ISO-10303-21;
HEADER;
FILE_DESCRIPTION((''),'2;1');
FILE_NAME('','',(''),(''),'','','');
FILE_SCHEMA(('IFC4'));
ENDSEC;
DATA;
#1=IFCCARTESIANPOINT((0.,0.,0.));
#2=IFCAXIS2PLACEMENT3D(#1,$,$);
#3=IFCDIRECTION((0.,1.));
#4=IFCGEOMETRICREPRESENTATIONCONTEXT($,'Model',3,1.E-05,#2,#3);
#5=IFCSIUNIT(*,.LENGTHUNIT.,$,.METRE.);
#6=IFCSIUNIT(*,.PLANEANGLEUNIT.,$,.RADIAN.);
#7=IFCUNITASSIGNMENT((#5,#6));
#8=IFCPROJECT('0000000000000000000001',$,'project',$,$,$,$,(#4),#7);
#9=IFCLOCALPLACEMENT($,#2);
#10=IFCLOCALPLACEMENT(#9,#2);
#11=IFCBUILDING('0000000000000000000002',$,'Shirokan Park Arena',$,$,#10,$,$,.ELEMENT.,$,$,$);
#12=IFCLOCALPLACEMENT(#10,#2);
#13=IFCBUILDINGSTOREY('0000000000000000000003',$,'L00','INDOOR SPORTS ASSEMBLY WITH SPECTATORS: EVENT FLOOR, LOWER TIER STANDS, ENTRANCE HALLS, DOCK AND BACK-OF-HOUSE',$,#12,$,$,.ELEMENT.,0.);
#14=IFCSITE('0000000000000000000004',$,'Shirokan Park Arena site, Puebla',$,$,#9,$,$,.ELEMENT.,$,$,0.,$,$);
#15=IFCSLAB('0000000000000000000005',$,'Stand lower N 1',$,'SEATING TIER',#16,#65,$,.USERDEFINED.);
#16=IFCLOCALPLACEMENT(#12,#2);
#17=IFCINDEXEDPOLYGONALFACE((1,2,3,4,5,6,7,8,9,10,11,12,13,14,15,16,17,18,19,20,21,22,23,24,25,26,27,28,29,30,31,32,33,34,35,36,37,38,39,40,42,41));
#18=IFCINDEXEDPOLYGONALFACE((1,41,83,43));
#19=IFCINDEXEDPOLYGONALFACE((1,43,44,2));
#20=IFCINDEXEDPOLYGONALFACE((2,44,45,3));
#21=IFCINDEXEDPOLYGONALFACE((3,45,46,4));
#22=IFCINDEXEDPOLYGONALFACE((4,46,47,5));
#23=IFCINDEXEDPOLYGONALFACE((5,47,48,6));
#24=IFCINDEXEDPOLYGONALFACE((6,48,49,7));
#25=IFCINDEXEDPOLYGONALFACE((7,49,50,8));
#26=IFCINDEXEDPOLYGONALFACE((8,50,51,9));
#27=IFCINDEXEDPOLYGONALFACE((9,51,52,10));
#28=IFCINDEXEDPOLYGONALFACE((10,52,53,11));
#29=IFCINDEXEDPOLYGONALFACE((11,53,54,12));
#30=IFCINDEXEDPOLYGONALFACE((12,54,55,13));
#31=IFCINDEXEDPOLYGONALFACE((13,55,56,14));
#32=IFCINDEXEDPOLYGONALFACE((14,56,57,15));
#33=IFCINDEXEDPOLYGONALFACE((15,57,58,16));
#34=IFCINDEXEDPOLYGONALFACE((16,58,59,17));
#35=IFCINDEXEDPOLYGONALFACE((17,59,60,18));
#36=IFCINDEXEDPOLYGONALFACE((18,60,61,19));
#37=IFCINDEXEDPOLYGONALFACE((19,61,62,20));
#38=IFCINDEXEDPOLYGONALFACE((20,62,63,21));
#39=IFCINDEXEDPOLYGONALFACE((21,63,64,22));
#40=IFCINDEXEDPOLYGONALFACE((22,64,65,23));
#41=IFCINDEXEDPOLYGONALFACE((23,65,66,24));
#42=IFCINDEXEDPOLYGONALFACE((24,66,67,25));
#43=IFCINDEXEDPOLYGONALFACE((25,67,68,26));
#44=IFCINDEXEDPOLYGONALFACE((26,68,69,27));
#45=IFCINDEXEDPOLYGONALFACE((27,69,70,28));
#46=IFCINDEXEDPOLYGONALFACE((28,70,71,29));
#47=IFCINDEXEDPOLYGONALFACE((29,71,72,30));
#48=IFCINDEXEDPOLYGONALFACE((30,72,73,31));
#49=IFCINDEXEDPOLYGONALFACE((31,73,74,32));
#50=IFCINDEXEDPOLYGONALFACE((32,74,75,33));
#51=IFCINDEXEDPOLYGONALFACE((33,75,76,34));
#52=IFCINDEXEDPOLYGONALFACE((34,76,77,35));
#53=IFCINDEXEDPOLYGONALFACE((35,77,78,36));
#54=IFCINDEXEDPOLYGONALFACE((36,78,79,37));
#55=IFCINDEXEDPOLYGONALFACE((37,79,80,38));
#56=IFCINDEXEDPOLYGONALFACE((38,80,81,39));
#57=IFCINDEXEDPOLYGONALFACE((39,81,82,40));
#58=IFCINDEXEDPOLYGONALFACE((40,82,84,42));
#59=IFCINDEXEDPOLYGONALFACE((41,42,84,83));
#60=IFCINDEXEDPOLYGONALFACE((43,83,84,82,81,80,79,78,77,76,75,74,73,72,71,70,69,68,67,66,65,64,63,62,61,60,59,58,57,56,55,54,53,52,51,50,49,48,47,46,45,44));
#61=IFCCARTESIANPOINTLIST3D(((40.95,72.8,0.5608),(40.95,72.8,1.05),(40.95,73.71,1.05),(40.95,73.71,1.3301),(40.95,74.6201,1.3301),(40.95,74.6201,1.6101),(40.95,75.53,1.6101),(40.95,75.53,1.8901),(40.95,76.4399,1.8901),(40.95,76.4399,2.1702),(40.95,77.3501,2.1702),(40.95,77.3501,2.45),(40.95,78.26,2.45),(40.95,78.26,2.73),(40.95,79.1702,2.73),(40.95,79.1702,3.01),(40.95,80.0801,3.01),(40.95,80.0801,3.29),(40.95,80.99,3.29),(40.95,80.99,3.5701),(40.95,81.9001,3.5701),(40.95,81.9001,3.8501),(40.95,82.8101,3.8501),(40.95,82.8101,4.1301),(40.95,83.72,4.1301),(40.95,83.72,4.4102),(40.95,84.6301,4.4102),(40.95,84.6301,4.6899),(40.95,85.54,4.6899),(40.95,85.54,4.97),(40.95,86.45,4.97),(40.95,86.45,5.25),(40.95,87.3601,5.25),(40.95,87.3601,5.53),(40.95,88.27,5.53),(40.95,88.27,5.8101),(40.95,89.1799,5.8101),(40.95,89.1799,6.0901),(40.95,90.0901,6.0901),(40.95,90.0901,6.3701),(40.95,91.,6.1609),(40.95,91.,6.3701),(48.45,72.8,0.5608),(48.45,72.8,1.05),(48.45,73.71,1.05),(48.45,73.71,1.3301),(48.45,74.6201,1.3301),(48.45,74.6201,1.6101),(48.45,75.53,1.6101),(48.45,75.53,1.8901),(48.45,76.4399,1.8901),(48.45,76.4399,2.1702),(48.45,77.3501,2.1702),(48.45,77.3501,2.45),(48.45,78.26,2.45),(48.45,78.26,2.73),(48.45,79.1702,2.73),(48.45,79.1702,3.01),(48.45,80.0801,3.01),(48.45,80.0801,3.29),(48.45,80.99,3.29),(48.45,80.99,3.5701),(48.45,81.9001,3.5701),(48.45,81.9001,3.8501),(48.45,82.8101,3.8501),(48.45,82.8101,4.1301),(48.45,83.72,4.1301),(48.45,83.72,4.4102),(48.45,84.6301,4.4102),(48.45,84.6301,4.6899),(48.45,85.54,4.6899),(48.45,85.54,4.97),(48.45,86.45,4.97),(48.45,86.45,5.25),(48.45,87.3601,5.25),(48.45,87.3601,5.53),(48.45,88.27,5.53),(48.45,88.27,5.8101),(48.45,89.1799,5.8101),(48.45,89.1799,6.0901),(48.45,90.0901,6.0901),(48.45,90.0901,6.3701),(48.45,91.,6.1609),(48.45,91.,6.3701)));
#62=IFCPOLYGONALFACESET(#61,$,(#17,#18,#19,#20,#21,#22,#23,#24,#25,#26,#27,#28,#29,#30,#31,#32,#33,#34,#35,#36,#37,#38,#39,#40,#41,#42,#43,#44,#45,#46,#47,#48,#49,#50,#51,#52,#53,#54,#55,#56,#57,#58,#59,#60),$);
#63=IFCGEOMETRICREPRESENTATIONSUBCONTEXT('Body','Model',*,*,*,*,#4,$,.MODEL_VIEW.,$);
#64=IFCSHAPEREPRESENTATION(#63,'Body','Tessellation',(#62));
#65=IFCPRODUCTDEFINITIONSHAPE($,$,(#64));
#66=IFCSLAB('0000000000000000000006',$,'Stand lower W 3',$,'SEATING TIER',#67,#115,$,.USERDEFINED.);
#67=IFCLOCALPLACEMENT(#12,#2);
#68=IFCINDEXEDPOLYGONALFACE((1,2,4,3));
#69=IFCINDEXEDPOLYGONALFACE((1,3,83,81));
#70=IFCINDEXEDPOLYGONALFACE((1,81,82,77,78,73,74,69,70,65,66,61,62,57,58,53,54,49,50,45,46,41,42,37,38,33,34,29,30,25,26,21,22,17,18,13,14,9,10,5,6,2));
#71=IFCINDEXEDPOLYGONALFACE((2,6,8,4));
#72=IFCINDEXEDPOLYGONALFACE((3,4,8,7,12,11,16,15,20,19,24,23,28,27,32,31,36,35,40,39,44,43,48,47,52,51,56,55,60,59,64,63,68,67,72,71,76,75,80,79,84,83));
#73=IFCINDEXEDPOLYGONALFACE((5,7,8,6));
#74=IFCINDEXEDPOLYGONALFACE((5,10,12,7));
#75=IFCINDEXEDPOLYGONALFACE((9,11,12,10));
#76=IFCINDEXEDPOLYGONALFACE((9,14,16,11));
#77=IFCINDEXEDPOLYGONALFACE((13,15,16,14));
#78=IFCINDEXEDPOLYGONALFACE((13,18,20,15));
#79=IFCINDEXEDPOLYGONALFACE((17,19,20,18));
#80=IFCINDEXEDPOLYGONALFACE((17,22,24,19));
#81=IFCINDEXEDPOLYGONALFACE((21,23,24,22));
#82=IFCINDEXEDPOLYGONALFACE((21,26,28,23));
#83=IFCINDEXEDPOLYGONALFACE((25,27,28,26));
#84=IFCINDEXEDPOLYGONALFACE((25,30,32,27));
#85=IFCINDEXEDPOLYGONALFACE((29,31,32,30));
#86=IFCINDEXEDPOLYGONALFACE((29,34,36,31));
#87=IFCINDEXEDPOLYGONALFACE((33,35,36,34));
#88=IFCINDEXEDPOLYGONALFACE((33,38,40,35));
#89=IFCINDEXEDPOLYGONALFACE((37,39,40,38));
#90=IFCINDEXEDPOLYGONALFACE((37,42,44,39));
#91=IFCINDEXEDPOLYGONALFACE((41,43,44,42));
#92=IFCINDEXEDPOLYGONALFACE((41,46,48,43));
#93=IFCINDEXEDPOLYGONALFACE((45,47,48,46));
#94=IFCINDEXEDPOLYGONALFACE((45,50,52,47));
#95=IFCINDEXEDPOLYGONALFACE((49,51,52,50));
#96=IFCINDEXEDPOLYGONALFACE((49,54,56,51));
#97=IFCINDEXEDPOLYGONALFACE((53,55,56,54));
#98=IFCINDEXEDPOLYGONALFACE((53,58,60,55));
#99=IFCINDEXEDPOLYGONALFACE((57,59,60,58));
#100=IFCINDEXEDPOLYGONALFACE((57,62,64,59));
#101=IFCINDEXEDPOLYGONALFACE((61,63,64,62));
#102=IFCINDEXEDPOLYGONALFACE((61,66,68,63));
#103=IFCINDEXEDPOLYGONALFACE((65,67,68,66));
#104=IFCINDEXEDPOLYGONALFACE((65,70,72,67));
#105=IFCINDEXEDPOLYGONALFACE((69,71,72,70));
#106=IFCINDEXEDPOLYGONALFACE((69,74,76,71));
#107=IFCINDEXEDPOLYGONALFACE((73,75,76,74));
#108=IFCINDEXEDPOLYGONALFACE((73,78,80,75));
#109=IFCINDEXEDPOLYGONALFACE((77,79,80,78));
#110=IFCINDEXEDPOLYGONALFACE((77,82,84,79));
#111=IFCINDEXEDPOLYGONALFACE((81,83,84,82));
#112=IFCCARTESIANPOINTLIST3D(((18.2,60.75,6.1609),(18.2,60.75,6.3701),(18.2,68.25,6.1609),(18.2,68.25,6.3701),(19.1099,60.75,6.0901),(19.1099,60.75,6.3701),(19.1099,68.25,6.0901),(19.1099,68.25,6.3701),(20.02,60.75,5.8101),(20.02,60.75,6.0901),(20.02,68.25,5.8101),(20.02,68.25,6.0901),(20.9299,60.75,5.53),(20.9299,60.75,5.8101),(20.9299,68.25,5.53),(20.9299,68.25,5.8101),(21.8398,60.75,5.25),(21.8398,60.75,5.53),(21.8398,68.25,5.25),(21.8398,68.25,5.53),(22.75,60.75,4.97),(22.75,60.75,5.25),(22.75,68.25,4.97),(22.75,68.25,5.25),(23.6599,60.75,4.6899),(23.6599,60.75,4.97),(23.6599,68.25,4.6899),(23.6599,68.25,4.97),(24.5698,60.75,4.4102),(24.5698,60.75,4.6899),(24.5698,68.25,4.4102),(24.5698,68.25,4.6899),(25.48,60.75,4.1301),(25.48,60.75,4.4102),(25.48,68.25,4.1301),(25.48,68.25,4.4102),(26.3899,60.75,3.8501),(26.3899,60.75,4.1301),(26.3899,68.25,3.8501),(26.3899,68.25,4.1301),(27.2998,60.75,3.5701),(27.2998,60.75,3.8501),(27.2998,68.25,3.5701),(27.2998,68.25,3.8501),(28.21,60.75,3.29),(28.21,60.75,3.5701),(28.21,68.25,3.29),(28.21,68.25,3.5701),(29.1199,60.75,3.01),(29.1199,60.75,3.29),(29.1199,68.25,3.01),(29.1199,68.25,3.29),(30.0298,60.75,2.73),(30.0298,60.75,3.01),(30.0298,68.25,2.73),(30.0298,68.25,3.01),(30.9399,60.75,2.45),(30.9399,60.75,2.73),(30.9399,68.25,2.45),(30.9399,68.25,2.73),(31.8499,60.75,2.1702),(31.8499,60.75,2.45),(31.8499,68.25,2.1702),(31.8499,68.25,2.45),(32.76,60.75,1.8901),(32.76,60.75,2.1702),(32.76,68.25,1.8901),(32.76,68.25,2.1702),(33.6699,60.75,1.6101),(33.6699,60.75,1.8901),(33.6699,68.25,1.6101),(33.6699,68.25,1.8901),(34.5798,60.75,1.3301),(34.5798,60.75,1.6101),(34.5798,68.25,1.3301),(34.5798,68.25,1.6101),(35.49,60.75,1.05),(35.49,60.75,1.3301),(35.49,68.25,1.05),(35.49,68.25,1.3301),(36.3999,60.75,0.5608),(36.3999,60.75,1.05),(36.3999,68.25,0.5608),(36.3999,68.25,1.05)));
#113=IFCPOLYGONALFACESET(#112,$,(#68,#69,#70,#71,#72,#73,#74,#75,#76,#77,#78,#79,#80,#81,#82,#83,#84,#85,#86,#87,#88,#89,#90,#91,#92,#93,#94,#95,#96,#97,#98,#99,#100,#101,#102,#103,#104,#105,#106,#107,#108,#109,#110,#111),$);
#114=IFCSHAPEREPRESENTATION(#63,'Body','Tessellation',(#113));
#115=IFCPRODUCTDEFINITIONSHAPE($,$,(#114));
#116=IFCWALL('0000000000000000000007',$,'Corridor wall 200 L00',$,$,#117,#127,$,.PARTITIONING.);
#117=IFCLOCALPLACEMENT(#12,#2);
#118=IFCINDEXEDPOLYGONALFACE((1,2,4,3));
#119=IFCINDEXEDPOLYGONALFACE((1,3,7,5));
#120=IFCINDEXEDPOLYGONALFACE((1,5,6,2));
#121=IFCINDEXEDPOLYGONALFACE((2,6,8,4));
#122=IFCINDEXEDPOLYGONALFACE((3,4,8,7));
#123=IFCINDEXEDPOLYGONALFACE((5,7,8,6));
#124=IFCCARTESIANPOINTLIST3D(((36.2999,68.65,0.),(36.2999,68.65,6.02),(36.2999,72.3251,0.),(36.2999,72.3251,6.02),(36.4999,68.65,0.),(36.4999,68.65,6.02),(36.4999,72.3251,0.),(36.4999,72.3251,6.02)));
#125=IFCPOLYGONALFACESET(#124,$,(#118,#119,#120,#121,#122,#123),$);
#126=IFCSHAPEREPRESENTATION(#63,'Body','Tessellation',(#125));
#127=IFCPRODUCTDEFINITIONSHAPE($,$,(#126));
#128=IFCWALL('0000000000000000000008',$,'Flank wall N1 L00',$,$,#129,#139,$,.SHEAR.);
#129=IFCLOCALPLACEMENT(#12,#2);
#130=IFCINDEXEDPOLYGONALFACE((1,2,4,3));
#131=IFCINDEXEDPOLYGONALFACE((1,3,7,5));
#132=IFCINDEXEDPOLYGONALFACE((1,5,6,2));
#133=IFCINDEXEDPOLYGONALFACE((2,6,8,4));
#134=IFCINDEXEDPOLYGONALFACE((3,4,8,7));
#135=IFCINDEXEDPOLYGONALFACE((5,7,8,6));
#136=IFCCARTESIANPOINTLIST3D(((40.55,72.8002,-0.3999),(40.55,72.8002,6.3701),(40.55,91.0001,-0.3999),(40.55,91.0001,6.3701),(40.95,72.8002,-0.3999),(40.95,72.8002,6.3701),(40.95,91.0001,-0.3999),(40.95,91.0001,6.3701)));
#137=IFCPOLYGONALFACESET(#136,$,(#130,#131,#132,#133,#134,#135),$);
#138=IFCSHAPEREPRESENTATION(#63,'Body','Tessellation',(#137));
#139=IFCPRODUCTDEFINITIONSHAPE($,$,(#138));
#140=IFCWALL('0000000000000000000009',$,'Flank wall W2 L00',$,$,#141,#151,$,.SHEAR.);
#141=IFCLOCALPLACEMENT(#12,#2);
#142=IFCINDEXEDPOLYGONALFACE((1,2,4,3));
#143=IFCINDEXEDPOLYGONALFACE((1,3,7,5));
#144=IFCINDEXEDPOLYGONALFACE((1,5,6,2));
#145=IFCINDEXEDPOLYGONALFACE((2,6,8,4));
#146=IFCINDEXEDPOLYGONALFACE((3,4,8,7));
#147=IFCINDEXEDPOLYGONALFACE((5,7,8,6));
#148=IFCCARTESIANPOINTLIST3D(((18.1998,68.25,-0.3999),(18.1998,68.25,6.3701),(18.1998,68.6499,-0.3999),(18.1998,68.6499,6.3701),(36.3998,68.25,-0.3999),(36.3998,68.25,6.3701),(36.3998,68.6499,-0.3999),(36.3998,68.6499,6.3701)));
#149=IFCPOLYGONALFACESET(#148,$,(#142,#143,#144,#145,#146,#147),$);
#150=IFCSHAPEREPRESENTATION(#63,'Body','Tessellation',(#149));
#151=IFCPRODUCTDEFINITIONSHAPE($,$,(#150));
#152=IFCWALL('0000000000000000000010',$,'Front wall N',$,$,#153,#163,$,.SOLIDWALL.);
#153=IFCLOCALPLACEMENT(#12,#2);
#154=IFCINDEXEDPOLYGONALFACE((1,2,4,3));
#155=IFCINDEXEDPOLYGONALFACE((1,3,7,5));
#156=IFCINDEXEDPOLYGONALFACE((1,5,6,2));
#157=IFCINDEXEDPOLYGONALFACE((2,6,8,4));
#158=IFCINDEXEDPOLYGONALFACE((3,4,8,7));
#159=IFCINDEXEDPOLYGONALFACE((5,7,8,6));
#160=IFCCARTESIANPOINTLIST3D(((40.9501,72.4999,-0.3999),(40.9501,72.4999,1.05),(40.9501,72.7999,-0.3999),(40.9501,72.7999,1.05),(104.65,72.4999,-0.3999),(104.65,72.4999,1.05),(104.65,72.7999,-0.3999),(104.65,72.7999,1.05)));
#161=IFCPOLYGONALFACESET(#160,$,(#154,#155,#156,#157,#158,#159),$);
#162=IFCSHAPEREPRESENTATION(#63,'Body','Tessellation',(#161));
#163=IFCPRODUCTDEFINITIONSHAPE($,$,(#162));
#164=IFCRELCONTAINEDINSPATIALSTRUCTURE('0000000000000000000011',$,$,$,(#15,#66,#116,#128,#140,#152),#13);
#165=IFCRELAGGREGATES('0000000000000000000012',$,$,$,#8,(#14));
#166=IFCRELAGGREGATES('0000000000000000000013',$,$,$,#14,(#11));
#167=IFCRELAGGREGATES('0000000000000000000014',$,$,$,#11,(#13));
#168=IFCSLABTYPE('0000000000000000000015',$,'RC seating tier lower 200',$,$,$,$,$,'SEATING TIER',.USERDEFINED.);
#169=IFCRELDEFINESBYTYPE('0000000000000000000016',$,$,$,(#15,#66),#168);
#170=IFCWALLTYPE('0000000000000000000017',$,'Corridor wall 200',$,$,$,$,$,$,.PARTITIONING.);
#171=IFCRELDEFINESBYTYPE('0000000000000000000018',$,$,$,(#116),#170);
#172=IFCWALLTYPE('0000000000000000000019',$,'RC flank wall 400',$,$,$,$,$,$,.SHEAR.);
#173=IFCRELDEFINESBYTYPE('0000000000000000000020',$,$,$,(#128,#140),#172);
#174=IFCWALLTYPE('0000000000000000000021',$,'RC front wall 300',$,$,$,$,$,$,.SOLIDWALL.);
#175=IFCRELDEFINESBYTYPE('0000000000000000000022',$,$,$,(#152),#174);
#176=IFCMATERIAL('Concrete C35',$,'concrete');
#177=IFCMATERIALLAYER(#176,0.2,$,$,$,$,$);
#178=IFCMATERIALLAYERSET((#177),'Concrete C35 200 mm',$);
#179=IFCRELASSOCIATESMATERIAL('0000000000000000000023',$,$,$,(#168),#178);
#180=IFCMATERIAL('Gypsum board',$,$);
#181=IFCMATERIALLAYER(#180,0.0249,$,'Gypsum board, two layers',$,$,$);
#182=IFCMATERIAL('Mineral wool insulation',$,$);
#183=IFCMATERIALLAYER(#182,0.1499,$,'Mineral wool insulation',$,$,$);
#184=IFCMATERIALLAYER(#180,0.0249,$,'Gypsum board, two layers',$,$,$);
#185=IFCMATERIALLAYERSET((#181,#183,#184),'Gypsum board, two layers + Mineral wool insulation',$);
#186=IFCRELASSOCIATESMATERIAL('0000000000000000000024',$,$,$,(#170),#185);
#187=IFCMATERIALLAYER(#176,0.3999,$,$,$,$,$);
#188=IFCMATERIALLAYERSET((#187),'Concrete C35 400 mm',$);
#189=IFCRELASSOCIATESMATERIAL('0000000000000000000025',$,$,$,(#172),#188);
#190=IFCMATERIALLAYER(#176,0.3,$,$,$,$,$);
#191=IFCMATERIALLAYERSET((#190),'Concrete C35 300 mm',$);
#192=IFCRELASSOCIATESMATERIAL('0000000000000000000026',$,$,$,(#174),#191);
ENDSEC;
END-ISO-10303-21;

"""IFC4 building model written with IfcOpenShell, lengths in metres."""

from ifc_helpers import new_model, si_unit, direction, frame, frame_2d, origin, place, context, subcontext, project, spatial, polyline, rectangle, outline, extrude, material, layer, layer_set, type_object, element, save


model = new_model("IFC4")

# Units and contexts
model_context = context("Model", 3, precision=1e-05, world=origin(), true_north=direction((0.0, 1.0)))
body_context = subcontext(model_context, "Body", "Model", "MODEL_VIEW")
ifc_project = project(units=[si_unit("LENGTHUNIT", "METRE"), si_unit("PLANEANGLEUNIT", "RADIAN")], contexts=[model_context])

# Site, building, storey
site_placement = place(None, origin())
site = spatial("IfcSite", under=ifc_project, at=site_placement, Name="Shirokan Park Arena site, Puebla", CompositionType="ELEMENT", RefElevation=0.0)
building_placement = place(site_placement, origin())
building = spatial("IfcBuilding", under=site, at=building_placement, Name="Shirokan Park Arena", CompositionType="ELEMENT")
storey_placement = place(building_placement, origin())
storey = spatial("IfcBuildingStorey", under=building, at=storey_placement, Name="L00", Description="INDOOR SPORTS ASSEMBLY WITH SPECTATORS: EVENT FLOOR, LOWER TIER STANDS, ENTRANCE HALLS, DOCK AND BACK-OF-HOUSE", CompositionType="ELEMENT", Elevation=0.0)

# Shared definitions
ifc_material_1 = material(Name="Concrete C35", Category="concrete")

# Slabs
ifc_layer_1 = layer(ifc_material_1, 0.2)
ifc_layer_set_1 = layer_set([ifc_layer_1], Name="Concrete C35 200 mm")
slab_type = type_object("IfcSlabType", Name="RC seating tier lower 200", ElementType="SEATING TIER", PredefinedType="USERDEFINED", material=ifc_layer_set_1)
for number, where, z_axis, x_axis, name in (
    (1, (44.7, 72.8, 1.05), (0.0, 0.0, 1.0), (0.0, 1.0, 0.0), "Stand lower N 1"),
    (2, (36.3999, 64.5, 1.05), (0.0, 0.0, 1.0), (-1.0, 0.0, 0.0), "Stand lower W 3"),
):
    element("IfcSlab", number, at=place(storey_placement, frame(where, z_axis=z_axis, x_axis=x_axis)), inside=storey, type_object=slab_type, Name=name, ObjectType="SEATING TIER", PredefinedType="USERDEFINED", context=body_context, shape_type="SweptSolid", body=[
        extrude(outline(polyline([(0.0, 0.0), (0.9099, 0.0), (0.9099, 0.28), (1.8201, 0.28), (1.8201, 0.5601), (2.73, 0.5601), (2.73, 0.8401), (3.6399, 0.8401), (3.6399, 1.1201), (4.55, 1.1201), (4.55, 1.3999), (5.46, 1.3999), (5.46, 1.6799), (6.3701, 1.6799), (6.3701, 1.96), (7.28, 1.96), (7.28, 2.24), (8.1899, 2.24), (8.1899, 2.52), (9.1001, 2.52), (9.1001, 2.8), (10.01, 2.8), (10.01, 3.0801), (10.9199, 3.0801), (10.9199, 3.3601), (11.8301, 3.3601), (11.8301, 3.6399), (12.74, 3.6399), (12.74, 3.9199), (13.6499, 3.9199), (13.6499, 4.2), (14.5601, 4.2), (14.5601, 4.48), (15.47, 4.48), (15.47, 4.76), (16.3799, 4.76), (16.3799, 5.04), (17.29, 5.04), (17.29, 5.3201), (18.2, 5.3201), (18.2, 5.1108), (0.0, -0.4893), (0.0, 0.0)])), frame((0.0, 3.75, 0.0), z_axis=(0.0, -1.0, 0.0), x_axis=(1.0, 0.0, 0.0)), (0.0, 0.0, 1.0), 7.5),
    ])

# Wall
ifc_material_2 = material(Name="Gypsum board")
ifc_layer_2 = layer(ifc_material_2, 0.0249, Name="Gypsum board, two layers")
ifc_material_3 = material(Name="Mineral wool insulation")
ifc_layer_3 = layer(ifc_material_3, 0.1499, Name="Mineral wool insulation")
ifc_layer_4 = layer(ifc_material_2, 0.0249, Name="Gypsum board, two layers")
ifc_layer_set_2 = layer_set([ifc_layer_2, ifc_layer_3, ifc_layer_4], Name="Gypsum board, two layers + Mineral wool insulation")
wall_type_1 = type_object("IfcWallType", Name="Corridor wall 200", PredefinedType="PARTITIONING", material=ifc_layer_set_2)
wall_1_placement = place(storey_placement, frame((36.3999, 72.325, 0.0), z_axis=(0.0, 0.0, 1.0), x_axis=(0.0, -1.0, 0.0)))
element("IfcWall", 3, at=wall_1_placement, inside=storey, type_object=wall_type_1, Name="Corridor wall 200 L00", PredefinedType="PARTITIONING", context=body_context, shape_type="SweptSolid", body=[
    extrude(rectangle(XDim=3.675, YDim=0.2, at=frame_2d((1.8374, 0.0))), origin(), (0.0, 0.0, 1.0), 6.02),
])

# Walls
ifc_layer_5 = layer(ifc_material_1, 0.3999)
ifc_layer_set_3 = layer_set([ifc_layer_5], Name="Concrete C35 400 mm")
wall_type_2 = type_object("IfcWallType", Name="RC flank wall 400", PredefinedType="SHEAR", material=ifc_layer_set_3)
for number, where, z_axis, x_axis, name in (
    (4, (40.75, 72.8, -0.3999), (0.0, 0.0, 1.0), (0.0, 1.0, 0.0), "Flank wall N1 L00"),
    (5, (36.3999, 68.45, -0.3999), (0.0, 0.0, 1.0), (-1.0, 0.0, 0.0), "Flank wall W2 L00"),
):
    element("IfcWall", number, at=place(storey_placement, frame(where, z_axis=z_axis, x_axis=x_axis)), inside=storey, type_object=wall_type_2, Name=name, PredefinedType="SHEAR", context=body_context, shape_type="SweptSolid", body=[
        extrude(rectangle(XDim=18.2, YDim=0.3999, at=frame_2d((9.1001, 0.0))), origin(), (0.0, 0.0, 1.0), 6.77),
    ])
ifc_layer_6 = layer(ifc_material_1, 0.3)
ifc_layer_set_4 = layer_set([ifc_layer_6], Name="Concrete C35 300 mm")
wall_type_3 = type_object("IfcWallType", Name="RC front wall 300", PredefinedType="SOLIDWALL", material=ifc_layer_set_4)
wall_2_placement = place(storey_placement, frame((40.95, 72.6499, -0.3999), z_axis=(0.0, 0.0, 1.0), x_axis=(1.0, 0.0, 0.0)))
element("IfcWall", 6, at=wall_2_placement, inside=storey, type_object=wall_type_3, Name="Front wall N", PredefinedType="SOLIDWALL", context=body_context, shape_type="SweptSolid", body=[
    extrude(rectangle(XDim=63.7, YDim=0.3, at=frame_2d((31.8501, 0.0))), origin(), (0.0, 0.0, 1.0), 1.45),
])

save(model, "model.ifc")
